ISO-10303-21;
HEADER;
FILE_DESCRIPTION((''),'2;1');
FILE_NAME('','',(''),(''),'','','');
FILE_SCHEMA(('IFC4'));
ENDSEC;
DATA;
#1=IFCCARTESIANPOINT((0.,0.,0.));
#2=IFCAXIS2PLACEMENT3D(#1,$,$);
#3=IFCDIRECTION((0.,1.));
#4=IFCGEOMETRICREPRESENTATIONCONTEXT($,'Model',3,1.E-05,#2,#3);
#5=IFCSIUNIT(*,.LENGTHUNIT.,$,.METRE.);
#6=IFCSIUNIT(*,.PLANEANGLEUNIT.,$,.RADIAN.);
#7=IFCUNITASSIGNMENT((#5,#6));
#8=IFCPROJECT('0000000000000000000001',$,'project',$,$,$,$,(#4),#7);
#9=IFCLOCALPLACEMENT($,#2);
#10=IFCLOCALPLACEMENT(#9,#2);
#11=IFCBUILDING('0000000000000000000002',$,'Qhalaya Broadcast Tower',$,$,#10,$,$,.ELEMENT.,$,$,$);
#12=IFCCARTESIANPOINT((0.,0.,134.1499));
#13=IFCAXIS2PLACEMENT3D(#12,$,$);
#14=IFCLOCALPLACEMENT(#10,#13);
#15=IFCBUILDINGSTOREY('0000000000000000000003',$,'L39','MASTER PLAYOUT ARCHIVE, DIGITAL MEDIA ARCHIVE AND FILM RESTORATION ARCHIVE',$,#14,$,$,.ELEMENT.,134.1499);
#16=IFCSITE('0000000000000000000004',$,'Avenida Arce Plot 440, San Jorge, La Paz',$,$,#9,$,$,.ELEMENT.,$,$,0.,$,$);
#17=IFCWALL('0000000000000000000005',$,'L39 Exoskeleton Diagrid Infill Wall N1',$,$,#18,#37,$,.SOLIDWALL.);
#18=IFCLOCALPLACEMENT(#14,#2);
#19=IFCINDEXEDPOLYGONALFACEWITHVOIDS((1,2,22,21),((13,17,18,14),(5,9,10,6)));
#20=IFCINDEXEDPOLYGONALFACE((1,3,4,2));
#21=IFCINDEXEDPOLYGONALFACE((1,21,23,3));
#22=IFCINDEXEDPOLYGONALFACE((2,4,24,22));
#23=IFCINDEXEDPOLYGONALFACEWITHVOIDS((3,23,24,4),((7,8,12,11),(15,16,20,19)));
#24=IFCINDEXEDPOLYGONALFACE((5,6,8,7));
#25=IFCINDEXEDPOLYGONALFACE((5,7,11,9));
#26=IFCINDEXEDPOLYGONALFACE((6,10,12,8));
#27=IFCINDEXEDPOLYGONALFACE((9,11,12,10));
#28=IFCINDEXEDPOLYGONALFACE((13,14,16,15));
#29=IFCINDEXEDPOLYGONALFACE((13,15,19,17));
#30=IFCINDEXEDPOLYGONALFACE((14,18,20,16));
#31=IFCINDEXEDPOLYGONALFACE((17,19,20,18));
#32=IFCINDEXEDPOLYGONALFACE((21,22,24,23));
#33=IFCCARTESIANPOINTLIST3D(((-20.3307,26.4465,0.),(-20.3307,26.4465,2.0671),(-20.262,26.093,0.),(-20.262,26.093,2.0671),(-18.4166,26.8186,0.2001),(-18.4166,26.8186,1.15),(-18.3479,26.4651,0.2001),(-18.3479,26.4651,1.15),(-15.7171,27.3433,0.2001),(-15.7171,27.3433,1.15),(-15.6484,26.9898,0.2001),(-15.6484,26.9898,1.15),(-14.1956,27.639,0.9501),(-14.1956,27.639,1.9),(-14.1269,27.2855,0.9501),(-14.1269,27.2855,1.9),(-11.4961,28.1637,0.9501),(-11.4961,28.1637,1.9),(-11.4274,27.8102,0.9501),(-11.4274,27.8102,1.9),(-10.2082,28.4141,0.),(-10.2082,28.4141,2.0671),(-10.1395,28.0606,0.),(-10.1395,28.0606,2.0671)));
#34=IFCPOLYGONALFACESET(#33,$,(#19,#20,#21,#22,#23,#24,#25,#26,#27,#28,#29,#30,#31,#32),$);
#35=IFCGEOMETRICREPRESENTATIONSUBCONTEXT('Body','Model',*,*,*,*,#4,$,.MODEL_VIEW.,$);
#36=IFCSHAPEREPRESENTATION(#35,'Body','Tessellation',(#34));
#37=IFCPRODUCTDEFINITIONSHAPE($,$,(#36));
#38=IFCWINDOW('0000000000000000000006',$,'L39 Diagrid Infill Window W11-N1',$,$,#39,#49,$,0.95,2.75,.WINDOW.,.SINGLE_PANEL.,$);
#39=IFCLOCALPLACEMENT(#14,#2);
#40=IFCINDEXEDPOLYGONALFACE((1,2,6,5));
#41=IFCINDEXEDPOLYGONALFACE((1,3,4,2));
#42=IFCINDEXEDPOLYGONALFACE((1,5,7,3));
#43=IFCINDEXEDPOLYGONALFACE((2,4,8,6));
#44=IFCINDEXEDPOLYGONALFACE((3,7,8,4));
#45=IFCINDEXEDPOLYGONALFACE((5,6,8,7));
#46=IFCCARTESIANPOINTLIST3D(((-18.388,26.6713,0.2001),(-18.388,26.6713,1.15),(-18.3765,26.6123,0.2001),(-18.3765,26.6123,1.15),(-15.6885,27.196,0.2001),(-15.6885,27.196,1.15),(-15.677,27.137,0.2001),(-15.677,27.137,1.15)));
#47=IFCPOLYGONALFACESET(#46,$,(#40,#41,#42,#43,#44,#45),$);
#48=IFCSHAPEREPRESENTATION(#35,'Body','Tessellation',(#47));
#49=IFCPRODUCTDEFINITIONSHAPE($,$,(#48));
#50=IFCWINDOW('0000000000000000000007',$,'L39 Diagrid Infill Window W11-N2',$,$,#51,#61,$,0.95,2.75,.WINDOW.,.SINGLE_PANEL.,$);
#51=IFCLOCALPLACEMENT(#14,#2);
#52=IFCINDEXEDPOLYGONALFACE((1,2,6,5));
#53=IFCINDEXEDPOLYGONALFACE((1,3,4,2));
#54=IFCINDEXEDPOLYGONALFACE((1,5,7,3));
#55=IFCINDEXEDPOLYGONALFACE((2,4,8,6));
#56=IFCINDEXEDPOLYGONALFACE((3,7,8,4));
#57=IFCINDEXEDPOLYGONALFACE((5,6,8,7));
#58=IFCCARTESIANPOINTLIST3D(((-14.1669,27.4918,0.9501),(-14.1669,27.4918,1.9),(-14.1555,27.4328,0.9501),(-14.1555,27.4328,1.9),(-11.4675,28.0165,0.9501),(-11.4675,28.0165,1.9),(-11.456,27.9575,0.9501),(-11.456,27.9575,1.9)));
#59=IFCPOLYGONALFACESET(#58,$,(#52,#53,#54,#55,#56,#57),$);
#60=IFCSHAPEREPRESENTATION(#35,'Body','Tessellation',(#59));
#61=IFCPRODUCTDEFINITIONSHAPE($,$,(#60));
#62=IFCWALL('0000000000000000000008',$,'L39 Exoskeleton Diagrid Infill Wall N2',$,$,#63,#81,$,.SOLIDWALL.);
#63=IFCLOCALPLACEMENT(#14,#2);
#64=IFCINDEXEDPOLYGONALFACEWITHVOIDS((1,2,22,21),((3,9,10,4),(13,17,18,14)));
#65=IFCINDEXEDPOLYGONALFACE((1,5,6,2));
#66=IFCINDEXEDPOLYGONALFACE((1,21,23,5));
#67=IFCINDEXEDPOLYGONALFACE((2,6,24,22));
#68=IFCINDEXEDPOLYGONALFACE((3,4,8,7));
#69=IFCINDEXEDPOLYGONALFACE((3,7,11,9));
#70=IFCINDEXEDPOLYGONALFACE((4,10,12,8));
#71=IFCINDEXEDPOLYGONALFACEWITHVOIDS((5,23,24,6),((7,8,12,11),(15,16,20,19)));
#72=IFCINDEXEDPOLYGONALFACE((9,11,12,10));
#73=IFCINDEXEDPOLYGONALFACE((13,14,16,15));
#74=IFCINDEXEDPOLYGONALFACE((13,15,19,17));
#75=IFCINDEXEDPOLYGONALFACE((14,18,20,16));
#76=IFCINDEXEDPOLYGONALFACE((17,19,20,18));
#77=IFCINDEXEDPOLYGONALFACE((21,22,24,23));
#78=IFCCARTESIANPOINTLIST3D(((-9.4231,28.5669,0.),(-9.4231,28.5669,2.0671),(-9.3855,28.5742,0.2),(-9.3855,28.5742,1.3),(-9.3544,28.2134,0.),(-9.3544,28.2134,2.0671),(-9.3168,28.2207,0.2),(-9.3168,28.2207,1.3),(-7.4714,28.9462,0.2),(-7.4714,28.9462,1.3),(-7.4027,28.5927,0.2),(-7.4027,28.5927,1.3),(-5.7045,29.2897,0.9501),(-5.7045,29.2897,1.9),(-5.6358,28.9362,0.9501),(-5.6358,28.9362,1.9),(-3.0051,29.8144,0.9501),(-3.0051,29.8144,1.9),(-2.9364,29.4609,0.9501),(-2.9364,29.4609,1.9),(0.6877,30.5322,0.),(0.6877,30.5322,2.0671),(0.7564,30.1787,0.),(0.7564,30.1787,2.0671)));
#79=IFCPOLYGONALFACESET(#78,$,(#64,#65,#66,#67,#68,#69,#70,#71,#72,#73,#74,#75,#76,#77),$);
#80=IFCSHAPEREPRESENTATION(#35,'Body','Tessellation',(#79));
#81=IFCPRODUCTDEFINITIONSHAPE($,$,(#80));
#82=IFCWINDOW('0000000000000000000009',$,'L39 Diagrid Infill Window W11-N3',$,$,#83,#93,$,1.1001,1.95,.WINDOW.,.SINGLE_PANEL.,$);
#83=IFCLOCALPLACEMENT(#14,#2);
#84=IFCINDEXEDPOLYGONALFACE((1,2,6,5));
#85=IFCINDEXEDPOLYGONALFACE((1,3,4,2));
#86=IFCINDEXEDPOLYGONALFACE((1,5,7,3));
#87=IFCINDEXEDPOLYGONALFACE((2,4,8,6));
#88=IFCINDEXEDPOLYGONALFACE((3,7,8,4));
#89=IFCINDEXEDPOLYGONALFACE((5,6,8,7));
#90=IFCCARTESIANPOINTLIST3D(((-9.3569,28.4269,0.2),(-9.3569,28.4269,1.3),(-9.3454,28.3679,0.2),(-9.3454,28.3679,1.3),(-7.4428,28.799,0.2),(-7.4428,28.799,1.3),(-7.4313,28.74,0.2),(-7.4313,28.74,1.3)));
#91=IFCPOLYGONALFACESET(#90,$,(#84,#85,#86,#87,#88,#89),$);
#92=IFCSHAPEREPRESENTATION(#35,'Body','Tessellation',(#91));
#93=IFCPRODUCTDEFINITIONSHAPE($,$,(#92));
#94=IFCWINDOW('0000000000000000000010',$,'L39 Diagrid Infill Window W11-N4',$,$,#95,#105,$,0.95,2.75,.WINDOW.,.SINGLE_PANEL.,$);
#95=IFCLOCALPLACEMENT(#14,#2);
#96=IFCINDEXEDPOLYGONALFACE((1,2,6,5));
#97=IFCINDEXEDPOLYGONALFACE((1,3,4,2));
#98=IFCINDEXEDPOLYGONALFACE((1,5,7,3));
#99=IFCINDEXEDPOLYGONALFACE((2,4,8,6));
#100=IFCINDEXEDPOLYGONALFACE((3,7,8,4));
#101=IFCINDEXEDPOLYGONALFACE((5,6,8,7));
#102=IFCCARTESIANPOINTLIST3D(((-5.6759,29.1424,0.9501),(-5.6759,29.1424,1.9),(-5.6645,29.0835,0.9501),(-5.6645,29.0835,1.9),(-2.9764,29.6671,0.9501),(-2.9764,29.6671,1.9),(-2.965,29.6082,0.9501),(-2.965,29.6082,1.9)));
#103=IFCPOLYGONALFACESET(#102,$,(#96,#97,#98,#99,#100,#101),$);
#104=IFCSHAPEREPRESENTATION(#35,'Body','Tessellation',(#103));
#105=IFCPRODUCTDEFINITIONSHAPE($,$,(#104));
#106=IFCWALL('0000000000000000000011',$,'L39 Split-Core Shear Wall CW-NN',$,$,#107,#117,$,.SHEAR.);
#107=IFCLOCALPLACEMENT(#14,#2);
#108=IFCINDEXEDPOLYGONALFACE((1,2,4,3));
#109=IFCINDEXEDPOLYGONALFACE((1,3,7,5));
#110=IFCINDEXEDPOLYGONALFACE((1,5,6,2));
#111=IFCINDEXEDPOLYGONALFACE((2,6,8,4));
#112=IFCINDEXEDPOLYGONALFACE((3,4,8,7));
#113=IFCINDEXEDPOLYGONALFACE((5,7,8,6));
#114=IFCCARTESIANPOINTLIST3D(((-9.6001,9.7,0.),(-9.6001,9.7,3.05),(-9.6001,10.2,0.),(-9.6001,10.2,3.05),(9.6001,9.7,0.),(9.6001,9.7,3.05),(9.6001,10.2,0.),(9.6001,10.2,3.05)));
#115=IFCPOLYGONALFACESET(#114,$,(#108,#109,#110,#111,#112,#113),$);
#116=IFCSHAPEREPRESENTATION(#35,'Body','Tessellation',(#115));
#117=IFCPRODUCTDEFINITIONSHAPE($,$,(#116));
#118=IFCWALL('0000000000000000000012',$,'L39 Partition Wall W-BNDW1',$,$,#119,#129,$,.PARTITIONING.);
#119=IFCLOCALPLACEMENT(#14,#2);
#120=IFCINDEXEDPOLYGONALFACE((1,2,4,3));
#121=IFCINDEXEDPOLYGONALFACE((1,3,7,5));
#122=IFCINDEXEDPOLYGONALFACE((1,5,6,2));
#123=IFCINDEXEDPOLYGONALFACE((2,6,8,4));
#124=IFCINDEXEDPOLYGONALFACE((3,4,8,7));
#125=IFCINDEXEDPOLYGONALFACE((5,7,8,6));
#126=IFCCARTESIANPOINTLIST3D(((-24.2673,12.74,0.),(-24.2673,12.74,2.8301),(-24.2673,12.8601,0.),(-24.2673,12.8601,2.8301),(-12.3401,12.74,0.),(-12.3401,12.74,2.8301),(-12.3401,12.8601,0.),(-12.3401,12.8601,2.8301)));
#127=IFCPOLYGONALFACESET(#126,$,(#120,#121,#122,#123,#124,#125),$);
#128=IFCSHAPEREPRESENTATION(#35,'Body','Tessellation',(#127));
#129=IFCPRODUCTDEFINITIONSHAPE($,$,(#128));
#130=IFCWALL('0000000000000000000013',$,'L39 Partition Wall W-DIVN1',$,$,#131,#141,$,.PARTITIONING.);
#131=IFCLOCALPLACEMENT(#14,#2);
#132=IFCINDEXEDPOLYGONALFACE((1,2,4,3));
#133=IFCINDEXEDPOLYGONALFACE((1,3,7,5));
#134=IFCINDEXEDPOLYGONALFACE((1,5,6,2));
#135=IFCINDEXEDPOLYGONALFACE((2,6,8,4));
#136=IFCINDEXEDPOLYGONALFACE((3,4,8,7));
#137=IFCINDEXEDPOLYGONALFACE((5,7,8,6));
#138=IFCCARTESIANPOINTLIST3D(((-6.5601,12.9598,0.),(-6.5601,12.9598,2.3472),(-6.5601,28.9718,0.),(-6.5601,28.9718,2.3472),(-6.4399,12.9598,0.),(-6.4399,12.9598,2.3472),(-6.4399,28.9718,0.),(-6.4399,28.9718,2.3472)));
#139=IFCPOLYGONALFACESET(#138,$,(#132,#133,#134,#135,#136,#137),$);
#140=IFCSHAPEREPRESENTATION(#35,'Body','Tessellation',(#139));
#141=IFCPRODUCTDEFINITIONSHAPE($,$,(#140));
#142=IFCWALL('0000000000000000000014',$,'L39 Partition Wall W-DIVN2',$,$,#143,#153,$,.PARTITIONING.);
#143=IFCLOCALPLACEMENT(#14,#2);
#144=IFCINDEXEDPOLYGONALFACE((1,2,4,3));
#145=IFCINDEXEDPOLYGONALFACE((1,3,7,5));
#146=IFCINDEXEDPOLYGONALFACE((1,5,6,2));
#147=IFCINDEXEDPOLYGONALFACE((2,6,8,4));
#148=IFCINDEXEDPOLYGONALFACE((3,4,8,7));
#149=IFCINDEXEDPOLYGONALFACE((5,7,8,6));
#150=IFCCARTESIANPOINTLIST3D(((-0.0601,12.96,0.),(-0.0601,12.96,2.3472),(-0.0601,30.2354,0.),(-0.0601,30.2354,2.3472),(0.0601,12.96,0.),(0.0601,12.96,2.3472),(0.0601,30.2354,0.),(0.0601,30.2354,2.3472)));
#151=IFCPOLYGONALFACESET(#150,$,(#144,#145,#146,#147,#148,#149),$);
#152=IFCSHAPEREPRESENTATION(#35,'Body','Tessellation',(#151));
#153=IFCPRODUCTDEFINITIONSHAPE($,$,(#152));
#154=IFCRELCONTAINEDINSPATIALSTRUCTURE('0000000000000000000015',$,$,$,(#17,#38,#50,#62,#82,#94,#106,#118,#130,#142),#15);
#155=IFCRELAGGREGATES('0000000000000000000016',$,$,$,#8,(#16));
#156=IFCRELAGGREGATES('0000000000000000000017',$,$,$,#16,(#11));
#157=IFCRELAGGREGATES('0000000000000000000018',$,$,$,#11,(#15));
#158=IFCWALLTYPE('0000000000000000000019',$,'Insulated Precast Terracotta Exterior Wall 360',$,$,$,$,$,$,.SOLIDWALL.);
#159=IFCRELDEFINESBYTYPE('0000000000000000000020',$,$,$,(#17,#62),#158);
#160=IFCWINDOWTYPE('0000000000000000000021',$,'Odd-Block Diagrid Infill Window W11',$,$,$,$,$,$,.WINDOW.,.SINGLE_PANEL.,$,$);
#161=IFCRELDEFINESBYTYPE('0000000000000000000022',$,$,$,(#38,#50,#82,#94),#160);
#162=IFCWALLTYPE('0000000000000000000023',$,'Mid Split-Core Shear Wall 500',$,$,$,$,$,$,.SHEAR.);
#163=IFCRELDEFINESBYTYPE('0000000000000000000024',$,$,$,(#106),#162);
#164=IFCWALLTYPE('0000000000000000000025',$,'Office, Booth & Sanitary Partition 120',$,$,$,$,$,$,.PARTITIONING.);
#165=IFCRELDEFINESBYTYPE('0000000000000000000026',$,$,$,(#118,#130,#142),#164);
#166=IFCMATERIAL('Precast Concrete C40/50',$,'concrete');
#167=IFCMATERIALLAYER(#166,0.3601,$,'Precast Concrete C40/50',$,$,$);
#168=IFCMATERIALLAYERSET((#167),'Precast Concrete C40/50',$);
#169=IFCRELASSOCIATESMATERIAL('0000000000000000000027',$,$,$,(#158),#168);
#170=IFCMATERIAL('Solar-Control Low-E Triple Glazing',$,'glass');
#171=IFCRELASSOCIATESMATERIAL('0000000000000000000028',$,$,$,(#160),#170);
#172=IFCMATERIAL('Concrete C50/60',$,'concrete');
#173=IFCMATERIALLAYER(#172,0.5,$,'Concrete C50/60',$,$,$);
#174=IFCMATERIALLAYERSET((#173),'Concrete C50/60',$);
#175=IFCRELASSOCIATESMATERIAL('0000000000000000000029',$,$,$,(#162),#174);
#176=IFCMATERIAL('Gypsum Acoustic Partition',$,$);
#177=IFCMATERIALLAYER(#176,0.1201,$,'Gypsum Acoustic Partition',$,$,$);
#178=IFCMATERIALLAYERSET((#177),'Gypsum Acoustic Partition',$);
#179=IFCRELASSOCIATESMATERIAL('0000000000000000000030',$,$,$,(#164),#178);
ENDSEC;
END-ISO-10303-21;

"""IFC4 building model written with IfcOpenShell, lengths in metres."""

from ifc_helpers import new_model, si_unit, direction, frame, frame_2d, origin, place, context, subcontext, project, spatial, rectangle, extrude, material, layer, layer_set, type_object, element, fill, save


model = new_model("IFC4")

# Units and contexts
model_context = context("Model", 3, precision=1e-05, world=origin(), true_north=direction((0.0, 1.0)))
body_context = subcontext(model_context, "Body", "Model", "MODEL_VIEW")
ifc_project = project(units=[si_unit("LENGTHUNIT", "METRE"), si_unit("PLANEANGLEUNIT", "RADIAN")], contexts=[model_context])

# Site, building, storey
site_placement = place(None, origin())
site = spatial("IfcSite", under=ifc_project, at=site_placement, Name="Avenida Arce Plot 440, San Jorge, La Paz", CompositionType="ELEMENT", RefElevation=0.0)
building_placement = place(site_placement, origin())
building = spatial("IfcBuilding", under=site, at=building_placement, Name="Qhalaya Broadcast Tower", CompositionType="ELEMENT")
storey_placement = place(building_placement, frame((0.0, 0.0, 134.1499)))
storey = spatial("IfcBuildingStorey", under=building, at=storey_placement, Name="L39", Description="MASTER PLAYOUT ARCHIVE, DIGITAL MEDIA ARCHIVE AND FILM RESTORATION ARCHIVE", CompositionType="ELEMENT", Elevation=134.1499)

# Shared definitions
ifc_material_1 = material(Name="Concrete C50/60", Category="concrete")

# Shared definitions
ifc_material_2 = material(Name="Gypsum Acoustic Partition")

# Walls, openings, windows
ifc_material_3 = material(Name="Precast Concrete C40/50", Category="concrete")
ifc_layer_1 = layer(ifc_material_3, 0.3601, Name="Precast Concrete C40/50")
ifc_layer_set_1 = layer_set([ifc_layer_1], Name="Precast Concrete C40/50")
wall_type_1 = type_object("IfcWallType", Name="Insulated Precast Terracotta Exterior Wall 360", PredefinedType="SOLIDWALL", material=ifc_layer_set_1)
wall_1_placement = place(storey_placement, frame((-20.2964, 26.2698, 0.0), z_axis=(0.0, 0.0, 1.0), x_axis=(0.981629, 0.1908, 0.0)))
wall_1 = element("IfcWall", 1, at=wall_1_placement, inside=storey, type_object=wall_type_1, Name="L39 Exoskeleton Diagrid Infill Wall N1", PredefinedType="SOLIDWALL", context=body_context, shape_type="SweptSolid", body=[
    extrude(rectangle(XDim=10.312, YDim=0.3601, at=frame_2d((5.156, 0.0))), origin(), (0.0, 0.0, 1.0), 2.0671),
])
opening_1_placement = place(wall_1_placement, frame((1.95, 0.0, 0.2)))
opening_1 = element("IfcOpeningElement", 2, at=opening_1_placement, cuts=wall_1, PredefinedType="OPENING", context=body_context, shape_type="SweptSolid", body=[
    extrude(rectangle(XDim=2.75, YDim=0.95, at=frame_2d((1.375, 0.4751))), frame((0.0, 0.1921, 0.0), z_axis=(0.0, -1.0, 0.0), x_axis=(1.0, 0.0, 0.0)), (0.0, 0.0, 1.0), 0.384),
])
opening_2_placement = place(wall_1_placement, frame((6.25, 0.0, 0.95)))
opening_2 = element("IfcOpeningElement", 3, at=opening_2_placement, cuts=wall_1, PredefinedType="OPENING", context=body_context, shape_type="SweptSolid", body=[
    extrude(rectangle(XDim=2.75, YDim=0.95, at=frame_2d((1.375, 0.4751))), frame((0.0, 0.1921, 0.0), z_axis=(0.0, -1.0, 0.0), x_axis=(1.0, 0.0, 0.0)), (0.0, 0.0, 1.0), 0.384),
])
ifc_material_4 = material(Name="Solar-Control Low-E Triple Glazing", Category="glass")
window_type = type_object("IfcWindowType", Name="Odd-Block Diagrid Infill Window W11", PartitioningType="SINGLE_PANEL", PredefinedType="WINDOW", material=ifc_material_4)
window_1_placement = place(opening_1_placement, origin())
window_1 = element("IfcWindow", 4, at=window_1_placement, inside=storey, type_object=window_type, Name="L39 Diagrid Infill Window W11-N1", OverallHeight=0.95, OverallWidth=2.75, PartitioningType="SINGLE_PANEL", PredefinedType="WINDOW", context=body_context, shape_type="SweptSolid", body=[
    extrude(rectangle(XDim=2.75, YDim=0.95, at=frame_2d((1.375, 0.4751))), frame((0.0, 0.03, 0.0), z_axis=(0.0, -1.0, 0.0), x_axis=(1.0, 0.0, 0.0)), (0.0, 0.0, 1.0), 0.0601),
])
fill(opening_1, window_1)
window_2_placement = place(opening_2_placement, origin())
window_2 = element("IfcWindow", 5, at=window_2_placement, inside=storey, type_object=window_type, Name="L39 Diagrid Infill Window W11-N2", OverallHeight=0.95, OverallWidth=2.75, PartitioningType="SINGLE_PANEL", PredefinedType="WINDOW", context=body_context, shape_type="SweptSolid", body=[
    extrude(rectangle(XDim=2.75, YDim=0.95, at=frame_2d((1.375, 0.4751))), frame((0.0, 0.03, 0.0), z_axis=(0.0, -1.0, 0.0), x_axis=(1.0, 0.0, 0.0)), (0.0, 0.0, 1.0), 0.0601),
])
fill(opening_2, window_2)
wall_2_placement = place(storey_placement, frame((-9.3887, 28.3901, 0.0), z_axis=(0.0, 0.0, 1.0), x_axis=(0.981627, 0.190807, 0.0)))
wall_2 = element("IfcWall", 6, at=wall_2_placement, inside=storey, type_object=wall_type_1, Name="L39 Exoskeleton Diagrid Infill Wall N2", PredefinedType="SOLIDWALL", context=body_context, shape_type="SweptSolid", body=[
    extrude(rectangle(XDim=10.3, YDim=0.3601, at=frame_2d((5.1499, 0.0))), origin(), (0.0, 0.0, 1.0), 2.0671),
])
opening_3_placement = place(wall_2_placement, frame((0.0381, 0.0, 0.2)))
opening_3 = element("IfcOpeningElement", 7, at=opening_3_placement, cuts=wall_2, PredefinedType="OPENING", context=body_context, shape_type="SweptSolid", body=[
    extrude(rectangle(XDim=1.95, YDim=1.1001, at=frame_2d((0.9751, 0.55))), frame((0.0, 0.1921, 0.0), z_axis=(0.0, -1.0, 0.0), x_axis=(1.0, 0.0, 0.0)), (0.0, 0.0, 1.0), 0.384),
])
opening_4_placement = place(wall_2_placement, frame((3.7881, 0.0, 0.95)))
opening_4 = element("IfcOpeningElement", 8, at=opening_4_placement, cuts=wall_2, PredefinedType="OPENING", context=body_context, shape_type="SweptSolid", body=[
    extrude(rectangle(XDim=2.75, YDim=0.95, at=frame_2d((1.375, 0.4751))), frame((0.0, 0.1921, 0.0), z_axis=(0.0, -1.0, 0.0), x_axis=(1.0, 0.0, 0.0)), (0.0, 0.0, 1.0), 0.384),
])
window_3_placement = place(opening_3_placement, origin())
window_3 = element("IfcWindow", 9, at=window_3_placement, inside=storey, type_object=window_type, Name="L39 Diagrid Infill Window W11-N3", OverallHeight=1.1001, OverallWidth=1.95, PartitioningType="SINGLE_PANEL", PredefinedType="WINDOW", context=body_context, shape_type="SweptSolid", body=[
    extrude(rectangle(XDim=1.95, YDim=1.1001, at=frame_2d((0.9751, 0.55))), frame((0.0, 0.03, 0.0), z_axis=(0.0, -1.0, 0.0), x_axis=(1.0, 0.0, 0.0)), (0.0, 0.0, 1.0), 0.0601),
])
fill(opening_3, window_3)
window_4_placement = place(opening_4_placement, origin())
window_4 = element("IfcWindow", 10, at=window_4_placement, inside=storey, type_object=window_type, Name="L39 Diagrid Infill Window W11-N4", OverallHeight=0.95, OverallWidth=2.75, PartitioningType="SINGLE_PANEL", PredefinedType="WINDOW", context=body_context, shape_type="SweptSolid", body=[
    extrude(rectangle(XDim=2.75, YDim=0.95, at=frame_2d((1.375, 0.4751))), frame((0.0, 0.03, 0.0), z_axis=(0.0, -1.0, 0.0), x_axis=(1.0, 0.0, 0.0)), (0.0, 0.0, 1.0), 0.0601),
])
fill(opening_4, window_4)

# Walls
ifc_layer_2 = layer(ifc_material_1, 0.5, Name="Concrete C50/60")
ifc_layer_set_2 = layer_set([ifc_layer_2], Name="Concrete C50/60")
wall_type_2 = type_object("IfcWallType", Name="Mid Split-Core Shear Wall 500", PredefinedType="SHEAR", material=ifc_layer_set_2)
wall_3_placement = place(storey_placement, frame((-9.6001, 9.95, 0.0), z_axis=(0.0, 0.0, 1.0), x_axis=(1.0, 0.0, 0.0)))
element("IfcWall", 11, at=wall_3_placement, inside=storey, type_object=wall_type_2, Name="L39 Split-Core Shear Wall CW-NN", PredefinedType="SHEAR", context=body_context, shape_type="SweptSolid", body=[
    extrude(rectangle(XDim=19.2002, YDim=0.5, at=frame_2d((9.6001, 0.0))), origin(), (0.0, 0.0, 1.0), 3.05),
])
ifc_layer_3 = layer(ifc_material_2, 0.1201, Name="Gypsum Acoustic Partition")
ifc_layer_set_3 = layer_set([ifc_layer_3], Name="Gypsum Acoustic Partition")
wall_type_3 = type_object("IfcWallType", Name="Office, Booth & Sanitary Partition 120", PredefinedType="PARTITIONING", material=ifc_layer_set_3)
wall_4_placement = place(storey_placement, frame((-24.2673, 12.8, 0.0), z_axis=(0.0, 0.0, 1.0), x_axis=(1.0, 0.0, 0.0)))
element("IfcWall", 12, at=wall_4_placement, inside=storey, type_object=wall_type_3, Name="L39 Partition Wall W-BNDW1", PredefinedType="PARTITIONING", context=body_context, shape_type="SweptSolid", body=[
    extrude(rectangle(XDim=11.9272, YDim=0.1201, at=frame_2d((5.9636, 0.0))), origin(), (0.0, 0.0, 1.0), 2.8301),
])
wall_5_placement = place(storey_placement, frame((-6.5, 12.96, 0.0), z_axis=(0.0, 0.0, 1.0), x_axis=(0.0, 1.0, 0.0)))
element("IfcWall", 13, at=wall_5_placement, inside=storey, type_object=wall_type_3, Name="L39 Partition Wall W-DIVN1", PredefinedType="PARTITIONING", context=body_context, shape_type="SweptSolid", body=[
    extrude(rectangle(XDim=16.012, YDim=0.1201, at=frame_2d((8.0059, 0.0))), origin(), (0.0, 0.0, 1.0), 2.3472),
])
wall_6_placement = place(storey_placement, frame((0.0, 12.96, 0.0), z_axis=(0.0, 0.0, 1.0), x_axis=(0.0, 1.0, 0.0)))
element("IfcWall", 14, at=wall_6_placement, inside=storey, type_object=wall_type_3, Name="L39 Partition Wall W-DIVN2", PredefinedType="PARTITIONING", context=body_context, shape_type="SweptSolid", body=[
    extrude(rectangle(XDim=17.2754, YDim=0.1201, at=frame_2d((8.6377, 0.0))), origin(), (0.0, 0.0, 1.0), 2.3472),
])

save(model, "model.ifc")
